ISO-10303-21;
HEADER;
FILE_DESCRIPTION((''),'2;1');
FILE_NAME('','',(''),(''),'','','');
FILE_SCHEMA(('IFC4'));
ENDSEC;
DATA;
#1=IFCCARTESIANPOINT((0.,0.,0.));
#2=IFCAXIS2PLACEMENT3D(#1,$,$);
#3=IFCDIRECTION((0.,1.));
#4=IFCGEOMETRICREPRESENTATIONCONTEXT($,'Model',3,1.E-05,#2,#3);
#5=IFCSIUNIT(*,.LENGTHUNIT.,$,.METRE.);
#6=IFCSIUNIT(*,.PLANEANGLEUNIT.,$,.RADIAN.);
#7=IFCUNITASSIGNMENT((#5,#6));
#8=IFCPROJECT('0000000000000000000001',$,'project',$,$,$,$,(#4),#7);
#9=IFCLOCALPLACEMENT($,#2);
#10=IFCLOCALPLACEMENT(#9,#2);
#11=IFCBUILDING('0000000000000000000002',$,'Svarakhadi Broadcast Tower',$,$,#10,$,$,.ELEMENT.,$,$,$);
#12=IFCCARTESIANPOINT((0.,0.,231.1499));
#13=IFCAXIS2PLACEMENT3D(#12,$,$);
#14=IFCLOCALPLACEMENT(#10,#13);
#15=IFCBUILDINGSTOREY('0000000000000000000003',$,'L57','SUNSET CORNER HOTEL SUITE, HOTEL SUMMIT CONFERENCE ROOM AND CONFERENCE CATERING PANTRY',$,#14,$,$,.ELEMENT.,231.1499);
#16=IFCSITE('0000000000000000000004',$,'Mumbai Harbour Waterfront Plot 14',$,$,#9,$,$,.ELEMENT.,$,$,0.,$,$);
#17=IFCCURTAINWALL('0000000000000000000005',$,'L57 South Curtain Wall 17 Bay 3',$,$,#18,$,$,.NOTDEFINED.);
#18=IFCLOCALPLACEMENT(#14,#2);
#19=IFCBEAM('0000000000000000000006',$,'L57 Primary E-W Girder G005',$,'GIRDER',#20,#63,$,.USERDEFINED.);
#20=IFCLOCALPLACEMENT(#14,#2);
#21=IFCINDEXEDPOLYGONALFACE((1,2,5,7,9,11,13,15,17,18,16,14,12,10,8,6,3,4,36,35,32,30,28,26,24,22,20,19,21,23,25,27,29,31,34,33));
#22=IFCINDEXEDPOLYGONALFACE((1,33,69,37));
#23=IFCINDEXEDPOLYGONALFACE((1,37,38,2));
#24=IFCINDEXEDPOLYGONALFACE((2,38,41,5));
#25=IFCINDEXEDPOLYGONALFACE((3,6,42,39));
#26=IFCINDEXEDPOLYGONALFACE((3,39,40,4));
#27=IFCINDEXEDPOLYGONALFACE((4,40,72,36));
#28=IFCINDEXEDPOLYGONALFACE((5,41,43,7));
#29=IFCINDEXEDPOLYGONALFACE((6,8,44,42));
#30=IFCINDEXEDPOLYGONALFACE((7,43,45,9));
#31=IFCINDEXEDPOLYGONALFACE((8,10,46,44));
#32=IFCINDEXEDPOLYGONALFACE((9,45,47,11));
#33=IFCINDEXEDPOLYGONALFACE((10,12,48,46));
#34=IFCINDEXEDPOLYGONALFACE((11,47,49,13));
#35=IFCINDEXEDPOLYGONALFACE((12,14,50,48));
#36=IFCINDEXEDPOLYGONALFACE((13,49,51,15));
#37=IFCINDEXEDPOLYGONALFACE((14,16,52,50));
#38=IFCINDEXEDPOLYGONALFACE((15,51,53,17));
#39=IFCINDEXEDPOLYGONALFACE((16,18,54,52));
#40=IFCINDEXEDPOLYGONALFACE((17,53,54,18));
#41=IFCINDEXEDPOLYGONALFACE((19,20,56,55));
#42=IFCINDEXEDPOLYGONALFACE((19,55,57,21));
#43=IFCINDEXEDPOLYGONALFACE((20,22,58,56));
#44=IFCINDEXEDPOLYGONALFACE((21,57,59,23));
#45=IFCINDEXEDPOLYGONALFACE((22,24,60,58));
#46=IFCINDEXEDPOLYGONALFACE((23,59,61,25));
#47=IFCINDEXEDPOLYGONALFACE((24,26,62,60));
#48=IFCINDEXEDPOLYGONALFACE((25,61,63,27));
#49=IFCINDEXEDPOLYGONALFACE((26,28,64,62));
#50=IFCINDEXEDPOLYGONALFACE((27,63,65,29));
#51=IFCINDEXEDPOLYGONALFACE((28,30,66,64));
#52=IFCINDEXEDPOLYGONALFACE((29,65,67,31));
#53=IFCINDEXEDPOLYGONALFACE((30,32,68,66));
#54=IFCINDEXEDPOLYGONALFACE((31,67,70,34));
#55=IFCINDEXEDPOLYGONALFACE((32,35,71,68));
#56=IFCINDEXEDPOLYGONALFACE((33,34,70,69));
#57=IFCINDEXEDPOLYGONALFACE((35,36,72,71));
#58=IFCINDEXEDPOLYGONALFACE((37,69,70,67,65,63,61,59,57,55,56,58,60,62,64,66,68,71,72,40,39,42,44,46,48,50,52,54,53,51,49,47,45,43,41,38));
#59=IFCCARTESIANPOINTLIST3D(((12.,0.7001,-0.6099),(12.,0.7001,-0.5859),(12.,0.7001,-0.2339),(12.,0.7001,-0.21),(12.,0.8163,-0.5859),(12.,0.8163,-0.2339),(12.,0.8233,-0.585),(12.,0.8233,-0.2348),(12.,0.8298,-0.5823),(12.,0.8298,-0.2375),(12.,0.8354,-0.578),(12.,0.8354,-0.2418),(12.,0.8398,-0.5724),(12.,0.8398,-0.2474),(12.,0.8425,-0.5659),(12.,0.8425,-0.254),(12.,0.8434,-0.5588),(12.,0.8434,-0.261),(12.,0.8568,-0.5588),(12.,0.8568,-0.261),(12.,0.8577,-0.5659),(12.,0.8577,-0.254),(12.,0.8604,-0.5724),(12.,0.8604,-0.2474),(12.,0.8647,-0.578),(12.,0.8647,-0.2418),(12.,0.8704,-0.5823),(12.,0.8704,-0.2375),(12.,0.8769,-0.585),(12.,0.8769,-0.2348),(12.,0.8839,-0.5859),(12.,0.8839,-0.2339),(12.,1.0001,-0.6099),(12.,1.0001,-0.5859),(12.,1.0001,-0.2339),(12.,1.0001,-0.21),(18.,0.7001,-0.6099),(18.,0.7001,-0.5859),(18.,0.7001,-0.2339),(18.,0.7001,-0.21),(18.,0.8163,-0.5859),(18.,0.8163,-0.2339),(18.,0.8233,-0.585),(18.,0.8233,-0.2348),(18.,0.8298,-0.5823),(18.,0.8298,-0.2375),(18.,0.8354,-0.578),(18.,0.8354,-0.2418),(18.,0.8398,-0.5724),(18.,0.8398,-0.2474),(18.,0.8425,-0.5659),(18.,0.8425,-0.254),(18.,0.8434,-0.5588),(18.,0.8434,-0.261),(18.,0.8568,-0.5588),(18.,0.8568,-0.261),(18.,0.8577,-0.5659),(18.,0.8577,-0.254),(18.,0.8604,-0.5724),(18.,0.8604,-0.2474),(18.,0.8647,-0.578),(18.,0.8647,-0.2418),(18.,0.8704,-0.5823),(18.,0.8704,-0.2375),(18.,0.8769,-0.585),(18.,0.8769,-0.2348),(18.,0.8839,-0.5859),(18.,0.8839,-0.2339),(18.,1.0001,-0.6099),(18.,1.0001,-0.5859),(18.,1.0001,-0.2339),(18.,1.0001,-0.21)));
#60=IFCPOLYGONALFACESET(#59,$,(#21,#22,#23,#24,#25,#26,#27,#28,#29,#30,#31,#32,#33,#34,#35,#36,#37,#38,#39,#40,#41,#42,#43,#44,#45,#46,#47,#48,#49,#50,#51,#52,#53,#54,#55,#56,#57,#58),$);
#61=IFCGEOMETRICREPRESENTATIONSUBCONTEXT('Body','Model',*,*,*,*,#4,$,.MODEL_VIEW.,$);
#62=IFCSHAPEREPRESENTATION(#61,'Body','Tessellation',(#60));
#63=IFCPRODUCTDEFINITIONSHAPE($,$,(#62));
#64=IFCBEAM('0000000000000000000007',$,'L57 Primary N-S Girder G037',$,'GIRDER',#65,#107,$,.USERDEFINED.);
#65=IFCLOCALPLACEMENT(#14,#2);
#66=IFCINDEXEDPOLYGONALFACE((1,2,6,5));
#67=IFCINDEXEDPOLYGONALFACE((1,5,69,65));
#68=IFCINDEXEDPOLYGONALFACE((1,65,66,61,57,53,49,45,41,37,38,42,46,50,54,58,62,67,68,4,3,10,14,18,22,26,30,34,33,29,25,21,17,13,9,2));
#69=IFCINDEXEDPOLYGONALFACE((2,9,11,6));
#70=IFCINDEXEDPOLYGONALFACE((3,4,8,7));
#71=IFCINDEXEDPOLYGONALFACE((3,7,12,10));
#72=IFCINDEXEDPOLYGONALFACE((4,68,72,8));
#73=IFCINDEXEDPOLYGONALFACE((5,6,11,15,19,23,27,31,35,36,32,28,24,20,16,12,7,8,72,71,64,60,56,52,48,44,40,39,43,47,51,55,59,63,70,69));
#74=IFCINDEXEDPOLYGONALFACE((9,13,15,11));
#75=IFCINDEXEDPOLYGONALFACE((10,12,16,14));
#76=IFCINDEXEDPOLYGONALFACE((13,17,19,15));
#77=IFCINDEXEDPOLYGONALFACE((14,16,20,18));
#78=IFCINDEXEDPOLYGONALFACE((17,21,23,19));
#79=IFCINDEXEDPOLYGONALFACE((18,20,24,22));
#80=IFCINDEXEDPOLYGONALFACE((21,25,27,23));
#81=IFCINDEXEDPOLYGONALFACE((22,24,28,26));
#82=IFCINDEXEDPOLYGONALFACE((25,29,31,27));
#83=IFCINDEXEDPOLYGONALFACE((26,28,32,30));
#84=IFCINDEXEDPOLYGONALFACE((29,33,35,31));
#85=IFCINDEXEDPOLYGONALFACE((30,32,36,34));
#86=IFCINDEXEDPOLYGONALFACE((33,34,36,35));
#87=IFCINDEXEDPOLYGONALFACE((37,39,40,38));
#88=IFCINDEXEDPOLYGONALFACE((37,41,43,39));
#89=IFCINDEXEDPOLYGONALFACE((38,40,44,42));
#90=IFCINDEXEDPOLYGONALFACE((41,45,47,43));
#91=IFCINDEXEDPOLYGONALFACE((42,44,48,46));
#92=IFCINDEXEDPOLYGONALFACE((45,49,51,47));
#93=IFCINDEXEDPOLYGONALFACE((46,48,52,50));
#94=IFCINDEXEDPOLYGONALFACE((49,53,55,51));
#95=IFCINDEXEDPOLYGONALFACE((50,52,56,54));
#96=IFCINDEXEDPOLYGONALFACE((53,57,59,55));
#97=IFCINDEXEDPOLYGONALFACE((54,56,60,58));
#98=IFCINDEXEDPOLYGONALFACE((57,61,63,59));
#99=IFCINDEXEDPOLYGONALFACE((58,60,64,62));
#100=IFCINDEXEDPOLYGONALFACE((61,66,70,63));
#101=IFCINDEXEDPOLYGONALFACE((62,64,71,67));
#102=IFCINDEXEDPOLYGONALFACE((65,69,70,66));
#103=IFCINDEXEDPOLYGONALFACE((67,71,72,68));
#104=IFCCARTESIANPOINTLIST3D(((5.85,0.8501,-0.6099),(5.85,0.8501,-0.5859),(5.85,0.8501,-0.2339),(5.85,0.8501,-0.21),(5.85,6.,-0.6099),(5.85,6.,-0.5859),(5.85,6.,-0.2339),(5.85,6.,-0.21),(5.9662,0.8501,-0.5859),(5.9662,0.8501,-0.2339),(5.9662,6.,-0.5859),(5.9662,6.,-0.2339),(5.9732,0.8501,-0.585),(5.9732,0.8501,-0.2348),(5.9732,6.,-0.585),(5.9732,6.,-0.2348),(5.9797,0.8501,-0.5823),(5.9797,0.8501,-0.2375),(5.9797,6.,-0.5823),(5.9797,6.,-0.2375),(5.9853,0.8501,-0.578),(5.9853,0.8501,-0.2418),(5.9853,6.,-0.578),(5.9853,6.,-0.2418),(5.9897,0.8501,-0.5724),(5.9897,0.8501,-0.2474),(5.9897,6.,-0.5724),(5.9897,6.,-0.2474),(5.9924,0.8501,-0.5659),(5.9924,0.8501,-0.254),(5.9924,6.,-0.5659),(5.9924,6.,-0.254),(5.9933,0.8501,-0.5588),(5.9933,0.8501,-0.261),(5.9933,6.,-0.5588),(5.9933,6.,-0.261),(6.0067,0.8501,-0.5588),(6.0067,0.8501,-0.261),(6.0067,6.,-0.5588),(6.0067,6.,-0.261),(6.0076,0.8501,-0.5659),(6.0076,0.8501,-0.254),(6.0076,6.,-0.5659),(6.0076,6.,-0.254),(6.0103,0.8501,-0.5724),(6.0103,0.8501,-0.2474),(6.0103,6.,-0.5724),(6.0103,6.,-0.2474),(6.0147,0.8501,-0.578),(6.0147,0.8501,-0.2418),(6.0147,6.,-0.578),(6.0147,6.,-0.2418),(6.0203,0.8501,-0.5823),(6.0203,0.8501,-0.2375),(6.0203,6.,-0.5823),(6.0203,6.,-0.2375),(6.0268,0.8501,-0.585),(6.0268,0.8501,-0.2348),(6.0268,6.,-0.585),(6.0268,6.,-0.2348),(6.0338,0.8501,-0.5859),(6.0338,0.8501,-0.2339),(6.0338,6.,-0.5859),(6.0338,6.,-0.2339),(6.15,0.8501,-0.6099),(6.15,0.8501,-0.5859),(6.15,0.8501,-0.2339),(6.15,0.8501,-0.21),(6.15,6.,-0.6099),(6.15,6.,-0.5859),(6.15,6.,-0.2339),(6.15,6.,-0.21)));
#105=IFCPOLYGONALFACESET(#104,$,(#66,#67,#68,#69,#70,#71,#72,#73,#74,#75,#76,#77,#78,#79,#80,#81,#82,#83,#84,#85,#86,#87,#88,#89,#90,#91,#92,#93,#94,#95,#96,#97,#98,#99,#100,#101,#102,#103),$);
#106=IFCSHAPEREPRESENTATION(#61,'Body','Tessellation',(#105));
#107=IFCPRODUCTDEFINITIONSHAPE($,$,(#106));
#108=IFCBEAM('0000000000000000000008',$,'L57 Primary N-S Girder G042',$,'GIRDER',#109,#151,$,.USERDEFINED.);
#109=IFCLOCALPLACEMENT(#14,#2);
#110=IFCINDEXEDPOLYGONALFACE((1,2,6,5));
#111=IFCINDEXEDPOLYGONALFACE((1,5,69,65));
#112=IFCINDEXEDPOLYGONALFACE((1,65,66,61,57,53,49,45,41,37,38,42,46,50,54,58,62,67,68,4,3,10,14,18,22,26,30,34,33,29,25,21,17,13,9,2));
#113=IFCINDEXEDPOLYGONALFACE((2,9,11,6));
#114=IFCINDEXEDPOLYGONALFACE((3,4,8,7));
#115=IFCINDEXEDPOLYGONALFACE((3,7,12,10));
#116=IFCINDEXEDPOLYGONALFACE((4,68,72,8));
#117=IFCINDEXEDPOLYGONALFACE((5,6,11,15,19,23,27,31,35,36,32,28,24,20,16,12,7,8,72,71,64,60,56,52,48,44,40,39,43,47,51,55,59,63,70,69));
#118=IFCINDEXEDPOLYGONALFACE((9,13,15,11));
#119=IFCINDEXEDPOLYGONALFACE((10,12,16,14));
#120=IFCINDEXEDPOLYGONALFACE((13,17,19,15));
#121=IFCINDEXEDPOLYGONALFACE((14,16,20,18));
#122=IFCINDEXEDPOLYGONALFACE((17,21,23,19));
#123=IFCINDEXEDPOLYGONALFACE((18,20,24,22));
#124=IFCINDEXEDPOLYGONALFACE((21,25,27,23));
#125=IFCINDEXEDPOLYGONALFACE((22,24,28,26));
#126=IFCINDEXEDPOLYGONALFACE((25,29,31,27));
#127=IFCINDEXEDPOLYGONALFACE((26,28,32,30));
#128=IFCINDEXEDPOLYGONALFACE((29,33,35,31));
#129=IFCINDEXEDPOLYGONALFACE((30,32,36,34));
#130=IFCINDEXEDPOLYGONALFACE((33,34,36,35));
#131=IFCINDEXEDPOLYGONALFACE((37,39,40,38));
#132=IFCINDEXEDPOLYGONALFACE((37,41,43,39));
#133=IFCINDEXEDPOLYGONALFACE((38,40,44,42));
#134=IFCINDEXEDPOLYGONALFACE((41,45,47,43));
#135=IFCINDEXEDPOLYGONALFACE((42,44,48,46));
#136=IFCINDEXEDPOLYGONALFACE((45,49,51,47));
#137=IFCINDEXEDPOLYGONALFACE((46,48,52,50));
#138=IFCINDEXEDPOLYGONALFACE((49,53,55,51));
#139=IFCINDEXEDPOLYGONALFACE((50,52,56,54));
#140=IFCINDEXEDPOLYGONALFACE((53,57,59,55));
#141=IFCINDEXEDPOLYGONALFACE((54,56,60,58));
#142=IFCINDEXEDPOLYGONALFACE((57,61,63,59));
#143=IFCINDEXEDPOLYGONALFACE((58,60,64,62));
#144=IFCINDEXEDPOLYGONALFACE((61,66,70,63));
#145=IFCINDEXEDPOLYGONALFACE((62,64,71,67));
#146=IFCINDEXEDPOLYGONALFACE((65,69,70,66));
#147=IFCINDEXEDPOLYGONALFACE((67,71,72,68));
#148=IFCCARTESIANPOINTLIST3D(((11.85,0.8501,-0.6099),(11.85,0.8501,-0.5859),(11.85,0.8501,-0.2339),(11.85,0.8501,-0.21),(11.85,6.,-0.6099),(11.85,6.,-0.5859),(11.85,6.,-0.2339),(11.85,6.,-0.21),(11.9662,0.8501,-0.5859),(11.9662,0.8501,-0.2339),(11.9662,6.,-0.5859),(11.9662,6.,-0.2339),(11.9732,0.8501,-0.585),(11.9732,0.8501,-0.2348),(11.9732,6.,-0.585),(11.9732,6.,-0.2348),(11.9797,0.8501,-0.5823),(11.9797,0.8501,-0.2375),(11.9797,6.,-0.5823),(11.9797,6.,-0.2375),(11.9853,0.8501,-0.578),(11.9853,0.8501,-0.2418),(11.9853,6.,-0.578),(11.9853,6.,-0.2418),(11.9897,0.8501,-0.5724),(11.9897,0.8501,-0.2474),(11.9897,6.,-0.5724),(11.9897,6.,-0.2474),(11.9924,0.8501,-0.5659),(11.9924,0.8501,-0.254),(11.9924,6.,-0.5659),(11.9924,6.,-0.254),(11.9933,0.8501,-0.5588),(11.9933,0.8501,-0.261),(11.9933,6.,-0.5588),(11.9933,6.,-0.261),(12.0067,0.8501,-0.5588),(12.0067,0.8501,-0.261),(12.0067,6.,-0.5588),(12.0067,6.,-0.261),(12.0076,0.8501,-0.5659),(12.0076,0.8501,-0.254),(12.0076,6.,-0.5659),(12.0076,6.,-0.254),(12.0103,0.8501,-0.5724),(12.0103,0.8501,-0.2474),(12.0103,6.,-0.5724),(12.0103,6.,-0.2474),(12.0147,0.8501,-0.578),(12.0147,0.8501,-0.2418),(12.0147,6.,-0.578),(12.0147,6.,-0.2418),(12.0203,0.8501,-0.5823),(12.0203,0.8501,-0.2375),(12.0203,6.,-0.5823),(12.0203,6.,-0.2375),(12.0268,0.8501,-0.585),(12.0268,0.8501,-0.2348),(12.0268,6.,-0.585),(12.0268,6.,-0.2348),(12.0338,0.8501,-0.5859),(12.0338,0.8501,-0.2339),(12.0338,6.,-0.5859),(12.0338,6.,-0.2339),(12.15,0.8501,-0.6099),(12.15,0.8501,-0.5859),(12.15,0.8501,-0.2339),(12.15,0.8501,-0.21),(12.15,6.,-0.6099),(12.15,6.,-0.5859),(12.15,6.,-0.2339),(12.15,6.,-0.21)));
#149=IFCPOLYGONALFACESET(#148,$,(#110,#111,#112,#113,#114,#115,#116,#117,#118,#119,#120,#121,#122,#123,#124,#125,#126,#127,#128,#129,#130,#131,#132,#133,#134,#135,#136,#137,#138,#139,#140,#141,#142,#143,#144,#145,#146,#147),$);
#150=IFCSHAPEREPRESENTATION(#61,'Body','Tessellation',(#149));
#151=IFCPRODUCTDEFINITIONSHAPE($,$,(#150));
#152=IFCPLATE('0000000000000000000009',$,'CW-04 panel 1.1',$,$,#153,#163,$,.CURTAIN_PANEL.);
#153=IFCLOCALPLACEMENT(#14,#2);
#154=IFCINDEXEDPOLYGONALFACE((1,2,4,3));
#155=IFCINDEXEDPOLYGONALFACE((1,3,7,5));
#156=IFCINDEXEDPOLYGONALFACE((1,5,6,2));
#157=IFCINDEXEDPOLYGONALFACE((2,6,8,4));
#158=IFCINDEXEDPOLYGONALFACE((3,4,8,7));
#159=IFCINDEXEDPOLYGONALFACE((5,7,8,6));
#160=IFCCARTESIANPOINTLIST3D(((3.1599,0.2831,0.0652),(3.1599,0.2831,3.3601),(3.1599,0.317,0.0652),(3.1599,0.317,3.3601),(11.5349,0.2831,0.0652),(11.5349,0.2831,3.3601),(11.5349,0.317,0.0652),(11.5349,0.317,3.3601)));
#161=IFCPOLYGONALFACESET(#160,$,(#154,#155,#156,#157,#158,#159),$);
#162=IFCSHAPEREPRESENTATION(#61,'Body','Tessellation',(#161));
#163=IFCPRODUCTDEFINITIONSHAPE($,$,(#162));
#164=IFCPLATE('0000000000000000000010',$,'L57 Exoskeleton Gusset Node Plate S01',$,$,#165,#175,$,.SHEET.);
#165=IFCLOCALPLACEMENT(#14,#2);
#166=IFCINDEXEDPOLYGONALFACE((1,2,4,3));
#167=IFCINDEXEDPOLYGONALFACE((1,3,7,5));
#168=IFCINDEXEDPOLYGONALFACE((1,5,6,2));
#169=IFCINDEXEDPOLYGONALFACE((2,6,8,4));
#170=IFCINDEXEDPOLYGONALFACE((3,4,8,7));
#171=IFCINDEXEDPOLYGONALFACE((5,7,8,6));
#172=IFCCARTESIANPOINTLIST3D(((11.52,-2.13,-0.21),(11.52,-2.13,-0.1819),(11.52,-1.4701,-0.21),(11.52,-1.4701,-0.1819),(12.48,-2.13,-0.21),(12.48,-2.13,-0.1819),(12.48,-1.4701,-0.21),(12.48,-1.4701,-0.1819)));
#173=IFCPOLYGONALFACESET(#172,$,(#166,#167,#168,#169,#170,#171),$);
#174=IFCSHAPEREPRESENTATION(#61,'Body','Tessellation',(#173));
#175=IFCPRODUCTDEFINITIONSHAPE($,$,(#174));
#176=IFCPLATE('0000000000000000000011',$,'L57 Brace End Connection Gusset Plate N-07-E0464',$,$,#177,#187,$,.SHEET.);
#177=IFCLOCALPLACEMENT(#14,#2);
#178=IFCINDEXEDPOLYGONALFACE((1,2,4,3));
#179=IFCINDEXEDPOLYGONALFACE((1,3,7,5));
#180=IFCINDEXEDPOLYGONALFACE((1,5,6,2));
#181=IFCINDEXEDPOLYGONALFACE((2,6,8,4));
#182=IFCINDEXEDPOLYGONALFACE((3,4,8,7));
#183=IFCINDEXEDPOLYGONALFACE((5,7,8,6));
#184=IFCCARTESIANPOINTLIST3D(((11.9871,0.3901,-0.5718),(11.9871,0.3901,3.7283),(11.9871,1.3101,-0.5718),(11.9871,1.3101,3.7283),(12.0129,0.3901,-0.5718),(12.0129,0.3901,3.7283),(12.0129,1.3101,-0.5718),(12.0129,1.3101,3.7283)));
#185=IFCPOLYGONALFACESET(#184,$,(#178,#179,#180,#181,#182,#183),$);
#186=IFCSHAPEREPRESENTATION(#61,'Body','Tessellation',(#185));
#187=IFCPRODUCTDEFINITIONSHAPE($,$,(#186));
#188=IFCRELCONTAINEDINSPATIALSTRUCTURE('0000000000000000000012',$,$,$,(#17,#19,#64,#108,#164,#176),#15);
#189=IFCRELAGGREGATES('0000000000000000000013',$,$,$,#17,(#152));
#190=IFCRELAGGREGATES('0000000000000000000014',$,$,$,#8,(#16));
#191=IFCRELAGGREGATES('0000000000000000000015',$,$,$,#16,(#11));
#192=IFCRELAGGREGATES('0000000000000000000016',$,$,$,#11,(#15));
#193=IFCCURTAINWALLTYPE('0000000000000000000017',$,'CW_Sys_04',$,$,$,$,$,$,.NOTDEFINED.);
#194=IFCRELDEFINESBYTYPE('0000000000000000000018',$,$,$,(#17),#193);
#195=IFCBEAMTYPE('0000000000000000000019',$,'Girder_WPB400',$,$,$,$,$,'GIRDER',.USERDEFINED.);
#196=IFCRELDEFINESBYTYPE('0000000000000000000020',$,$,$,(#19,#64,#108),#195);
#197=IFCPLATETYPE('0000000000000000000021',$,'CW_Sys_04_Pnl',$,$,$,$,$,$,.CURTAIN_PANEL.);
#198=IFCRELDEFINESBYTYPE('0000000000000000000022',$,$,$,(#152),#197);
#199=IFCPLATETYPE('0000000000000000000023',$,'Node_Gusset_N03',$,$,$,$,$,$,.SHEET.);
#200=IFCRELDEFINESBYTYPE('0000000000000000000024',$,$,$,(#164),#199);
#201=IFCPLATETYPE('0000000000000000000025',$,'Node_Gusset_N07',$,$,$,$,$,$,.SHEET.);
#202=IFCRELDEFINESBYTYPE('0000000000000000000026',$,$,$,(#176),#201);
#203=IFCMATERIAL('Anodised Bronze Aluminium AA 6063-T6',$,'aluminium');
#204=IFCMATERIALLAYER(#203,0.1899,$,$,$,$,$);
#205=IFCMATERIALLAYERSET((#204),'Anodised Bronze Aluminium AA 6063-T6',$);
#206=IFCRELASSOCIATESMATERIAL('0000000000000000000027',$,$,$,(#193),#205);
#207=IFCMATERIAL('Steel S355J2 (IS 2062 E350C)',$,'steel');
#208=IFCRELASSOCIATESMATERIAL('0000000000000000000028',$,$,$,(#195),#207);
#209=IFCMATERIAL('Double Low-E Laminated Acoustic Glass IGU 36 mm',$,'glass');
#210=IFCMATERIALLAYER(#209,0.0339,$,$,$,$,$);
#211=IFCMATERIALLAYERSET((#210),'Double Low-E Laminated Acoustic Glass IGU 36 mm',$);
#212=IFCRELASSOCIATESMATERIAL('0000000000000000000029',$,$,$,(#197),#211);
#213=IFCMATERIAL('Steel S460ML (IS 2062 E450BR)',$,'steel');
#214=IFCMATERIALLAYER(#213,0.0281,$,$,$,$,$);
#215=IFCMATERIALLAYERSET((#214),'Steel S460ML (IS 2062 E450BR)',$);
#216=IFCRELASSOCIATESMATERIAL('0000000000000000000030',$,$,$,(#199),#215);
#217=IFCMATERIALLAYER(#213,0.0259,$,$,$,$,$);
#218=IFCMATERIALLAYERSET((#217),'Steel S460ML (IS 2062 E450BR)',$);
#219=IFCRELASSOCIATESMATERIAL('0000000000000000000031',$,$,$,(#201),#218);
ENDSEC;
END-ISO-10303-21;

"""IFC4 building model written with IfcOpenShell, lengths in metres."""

from ifc_helpers import new_model, si_unit, direction, frame, origin, origin_2d, place, context, subcontext, project, spatial, rectangle, i_section, extrude, material, layer, layer_set, material_profile, profile_set, type_object, element, aggregate, save


model = new_model("IFC4")

# Units and contexts
model_context = context("Model", 3, precision=1e-05, world=origin(), true_north=direction((0.0, 1.0)))
body_context = subcontext(model_context, "Body", "Model", "MODEL_VIEW")
ifc_project = project(units=[si_unit("LENGTHUNIT", "METRE"), si_unit("PLANEANGLEUNIT", "RADIAN")], contexts=[model_context])

# Site, building, storey
site_placement = place(None, origin())
site = spatial("IfcSite", under=ifc_project, at=site_placement, Name="Mumbai Harbour Waterfront Plot 14", CompositionType="ELEMENT", RefElevation=0.0)
building_placement = place(site_placement, origin())
building = spatial("IfcBuilding", under=site, at=building_placement, Name="Svarakhadi Broadcast Tower", CompositionType="ELEMENT")
storey_placement = place(building_placement, frame((0.0, 0.0, 231.1499)))
storey = spatial("IfcBuildingStorey", under=building, at=storey_placement, Name="L57", Description="SUNSET CORNER HOTEL SUITE, HOTEL SUMMIT CONFERENCE ROOM AND CONFERENCE CATERING PANTRY", CompositionType="ELEMENT", Elevation=231.1499)

# Shared definitions
ifc_material_1 = material(Name="Steel S460ML (IS 2062 E450BR)", Category="steel")

# Shared definitions
ifc_material_2 = material(Name="Steel S355J2 (IS 2062 E350C)", Category="steel")

# Shared definitions
ifc_material_3 = material(Name="Anodised Bronze Aluminium AA 6063-T6", Category="aluminium")
ifc_layer_1 = layer(ifc_material_3, 0.1899)
ifc_layer_set_1 = layer_set([ifc_layer_1], Name="Anodised Bronze Aluminium AA 6063-T6")
curtain_wall_type = type_object("IfcCurtainWallType", Name="CW_Sys_04", PredefinedType="NOTDEFINED", material=ifc_layer_set_1)

# Curtain wall
curtain_wall_1_placement = place(storey_placement, origin())
curtain_wall_1 = element("IfcCurtainWall", 1, at=curtain_wall_1_placement, inside=storey, type_object=curtain_wall_type, Name="L57 South Curtain Wall 17 Bay 3", PredefinedType="NOTDEFINED")

# Beams
ifc_material_profile_1 = material_profile(ifc_material_2, i_section(OverallWidth=0.3, OverallDepth=0.3999, WebThickness=0.0134, FlangeThickness=0.0239, FilletRadius=0.0271, at=origin_2d()), Name="WPB 400x300x155")
ifc_profile_set_1 = profile_set([ifc_material_profile_1], Name="Steel S355J2 (IS 2062 E350C)")
beam_type_1 = type_object("IfcBeamType", Name="Girder_WPB400", ElementType="GIRDER", PredefinedType="USERDEFINED", material=ifc_profile_set_1)
for number, where, z_axis, x_axis, name in (
    (2, (12.0, 0.8501, -0.4099), (1.0, 0.0, 0.0), (0.0, 1.0, 0.0), "L57 Primary E-W Girder G005"),
):
    element("IfcBeam", number, at=place(storey_placement, frame(where, z_axis=z_axis, x_axis=x_axis)), inside=storey, type_object=beam_type_1, Name=name, ObjectType="GIRDER", PredefinedType="USERDEFINED", context=body_context, shape_type="SweptSolid", body=[
        extrude(i_section(OverallWidth=0.3, OverallDepth=0.3999, WebThickness=0.0134, FlangeThickness=0.0239, FilletRadius=0.0271, at=origin_2d()), origin(), (0.0, 0.0, 1.0), 6.0),
    ])
for number, where, z_axis, x_axis, name in (
    (3, (6.0, 0.8501, -0.4099), (0.0, 1.0, 0.0), (-1.0, 0.0, 0.0), "L57 Primary N-S Girder G037"),
    (4, (12.0, 0.8501, -0.4099), (0.0, 1.0, 0.0), (-1.0, 0.0, 0.0), "L57 Primary N-S Girder G042"),
):
    element("IfcBeam", number, at=place(storey_placement, frame(where, z_axis=z_axis, x_axis=x_axis)), inside=storey, type_object=beam_type_1, Name=name, ObjectType="GIRDER", PredefinedType="USERDEFINED", context=body_context, shape_type="SweptSolid", body=[
        extrude(i_section(OverallWidth=0.3, OverallDepth=0.3999, WebThickness=0.0134, FlangeThickness=0.0239, FilletRadius=0.0271, at=origin_2d()), origin(), (0.0, 0.0, 1.0), 5.1499),
    ])

# Plate
ifc_material_4 = material(Name="Double Low-E Laminated Acoustic Glass IGU 36 mm", Category="glass")
ifc_layer_2 = layer(ifc_material_4, 0.0339)
ifc_layer_set_2 = layer_set([ifc_layer_2], Name="Double Low-E Laminated Acoustic Glass IGU 36 mm")
plate_type_1 = type_object("IfcPlateType", Name="CW_Sys_04_Pnl", PredefinedType="CURTAIN_PANEL", material=ifc_layer_set_2)
plate_1_placement = place(storey_placement, frame((7.3474, 0.3, 0.0652), z_axis=(0.0, 0.0, 1.0), x_axis=(-1.0, 0.0, 0.0)))
plate_1 = element("IfcPlate", 5, at=plate_1_placement, type_object=plate_type_1, Name="CW-04 panel 1.1", PredefinedType="CURTAIN_PANEL", context=body_context, shape_type="SweptSolid", body=[
    extrude(rectangle(XDim=8.375, YDim=0.0339, at=origin_2d()), origin(), (0.0, 0.0, 1.0), 3.2949),
])
aggregate(curtain_wall_1, [plate_1])

# Plates
ifc_layer_3 = layer(ifc_material_1, 0.0281)
ifc_layer_set_3 = layer_set([ifc_layer_3], Name="Steel S460ML (IS 2062 E450BR)")
plate_type_2 = type_object("IfcPlateType", Name="Node_Gusset_N03", PredefinedType="SHEET", material=ifc_layer_set_3)
plate_2_placement = place(storey_placement, frame((12.0, -1.8, -0.21), z_axis=(0.0, 0.0, 1.0), x_axis=(1.0, 0.0, 0.0)))
element("IfcPlate", 6, at=plate_2_placement, inside=storey, type_object=plate_type_2, Name="L57 Exoskeleton Gusset Node Plate S01", PredefinedType="SHEET", context=body_context, shape_type="SweptSolid", body=[
    extrude(rectangle(XDim=0.96, YDim=0.6599, at=origin_2d()), origin(), (0.0, 0.0, 1.0), 0.0281),
])
ifc_layer_4 = layer(ifc_material_1, 0.0259)
ifc_layer_set_4 = layer_set([ifc_layer_4], Name="Steel S460ML (IS 2062 E450BR)")
plate_type_3 = type_object("IfcPlateType", Name="Node_Gusset_N07", PredefinedType="SHEET", material=ifc_layer_set_4)
plate_3_placement = place(storey_placement, frame((12.0, 0.8501, -0.5718), z_axis=(0.0, 0.0, 1.0), x_axis=(0.0, 1.0, 0.0)))
element("IfcPlate", 7, at=plate_3_placement, inside=storey, type_object=plate_type_3, Name="L57 Brace End Connection Gusset Plate N-07-E0464", PredefinedType="SHEET", context=body_context, shape_type="SweptSolid", body=[
    extrude(rectangle(XDim=0.9199, YDim=0.0259, at=origin_2d()), origin(), (0.0, 0.0, 1.0), 4.3),
])

save(model, "model.ifc")
